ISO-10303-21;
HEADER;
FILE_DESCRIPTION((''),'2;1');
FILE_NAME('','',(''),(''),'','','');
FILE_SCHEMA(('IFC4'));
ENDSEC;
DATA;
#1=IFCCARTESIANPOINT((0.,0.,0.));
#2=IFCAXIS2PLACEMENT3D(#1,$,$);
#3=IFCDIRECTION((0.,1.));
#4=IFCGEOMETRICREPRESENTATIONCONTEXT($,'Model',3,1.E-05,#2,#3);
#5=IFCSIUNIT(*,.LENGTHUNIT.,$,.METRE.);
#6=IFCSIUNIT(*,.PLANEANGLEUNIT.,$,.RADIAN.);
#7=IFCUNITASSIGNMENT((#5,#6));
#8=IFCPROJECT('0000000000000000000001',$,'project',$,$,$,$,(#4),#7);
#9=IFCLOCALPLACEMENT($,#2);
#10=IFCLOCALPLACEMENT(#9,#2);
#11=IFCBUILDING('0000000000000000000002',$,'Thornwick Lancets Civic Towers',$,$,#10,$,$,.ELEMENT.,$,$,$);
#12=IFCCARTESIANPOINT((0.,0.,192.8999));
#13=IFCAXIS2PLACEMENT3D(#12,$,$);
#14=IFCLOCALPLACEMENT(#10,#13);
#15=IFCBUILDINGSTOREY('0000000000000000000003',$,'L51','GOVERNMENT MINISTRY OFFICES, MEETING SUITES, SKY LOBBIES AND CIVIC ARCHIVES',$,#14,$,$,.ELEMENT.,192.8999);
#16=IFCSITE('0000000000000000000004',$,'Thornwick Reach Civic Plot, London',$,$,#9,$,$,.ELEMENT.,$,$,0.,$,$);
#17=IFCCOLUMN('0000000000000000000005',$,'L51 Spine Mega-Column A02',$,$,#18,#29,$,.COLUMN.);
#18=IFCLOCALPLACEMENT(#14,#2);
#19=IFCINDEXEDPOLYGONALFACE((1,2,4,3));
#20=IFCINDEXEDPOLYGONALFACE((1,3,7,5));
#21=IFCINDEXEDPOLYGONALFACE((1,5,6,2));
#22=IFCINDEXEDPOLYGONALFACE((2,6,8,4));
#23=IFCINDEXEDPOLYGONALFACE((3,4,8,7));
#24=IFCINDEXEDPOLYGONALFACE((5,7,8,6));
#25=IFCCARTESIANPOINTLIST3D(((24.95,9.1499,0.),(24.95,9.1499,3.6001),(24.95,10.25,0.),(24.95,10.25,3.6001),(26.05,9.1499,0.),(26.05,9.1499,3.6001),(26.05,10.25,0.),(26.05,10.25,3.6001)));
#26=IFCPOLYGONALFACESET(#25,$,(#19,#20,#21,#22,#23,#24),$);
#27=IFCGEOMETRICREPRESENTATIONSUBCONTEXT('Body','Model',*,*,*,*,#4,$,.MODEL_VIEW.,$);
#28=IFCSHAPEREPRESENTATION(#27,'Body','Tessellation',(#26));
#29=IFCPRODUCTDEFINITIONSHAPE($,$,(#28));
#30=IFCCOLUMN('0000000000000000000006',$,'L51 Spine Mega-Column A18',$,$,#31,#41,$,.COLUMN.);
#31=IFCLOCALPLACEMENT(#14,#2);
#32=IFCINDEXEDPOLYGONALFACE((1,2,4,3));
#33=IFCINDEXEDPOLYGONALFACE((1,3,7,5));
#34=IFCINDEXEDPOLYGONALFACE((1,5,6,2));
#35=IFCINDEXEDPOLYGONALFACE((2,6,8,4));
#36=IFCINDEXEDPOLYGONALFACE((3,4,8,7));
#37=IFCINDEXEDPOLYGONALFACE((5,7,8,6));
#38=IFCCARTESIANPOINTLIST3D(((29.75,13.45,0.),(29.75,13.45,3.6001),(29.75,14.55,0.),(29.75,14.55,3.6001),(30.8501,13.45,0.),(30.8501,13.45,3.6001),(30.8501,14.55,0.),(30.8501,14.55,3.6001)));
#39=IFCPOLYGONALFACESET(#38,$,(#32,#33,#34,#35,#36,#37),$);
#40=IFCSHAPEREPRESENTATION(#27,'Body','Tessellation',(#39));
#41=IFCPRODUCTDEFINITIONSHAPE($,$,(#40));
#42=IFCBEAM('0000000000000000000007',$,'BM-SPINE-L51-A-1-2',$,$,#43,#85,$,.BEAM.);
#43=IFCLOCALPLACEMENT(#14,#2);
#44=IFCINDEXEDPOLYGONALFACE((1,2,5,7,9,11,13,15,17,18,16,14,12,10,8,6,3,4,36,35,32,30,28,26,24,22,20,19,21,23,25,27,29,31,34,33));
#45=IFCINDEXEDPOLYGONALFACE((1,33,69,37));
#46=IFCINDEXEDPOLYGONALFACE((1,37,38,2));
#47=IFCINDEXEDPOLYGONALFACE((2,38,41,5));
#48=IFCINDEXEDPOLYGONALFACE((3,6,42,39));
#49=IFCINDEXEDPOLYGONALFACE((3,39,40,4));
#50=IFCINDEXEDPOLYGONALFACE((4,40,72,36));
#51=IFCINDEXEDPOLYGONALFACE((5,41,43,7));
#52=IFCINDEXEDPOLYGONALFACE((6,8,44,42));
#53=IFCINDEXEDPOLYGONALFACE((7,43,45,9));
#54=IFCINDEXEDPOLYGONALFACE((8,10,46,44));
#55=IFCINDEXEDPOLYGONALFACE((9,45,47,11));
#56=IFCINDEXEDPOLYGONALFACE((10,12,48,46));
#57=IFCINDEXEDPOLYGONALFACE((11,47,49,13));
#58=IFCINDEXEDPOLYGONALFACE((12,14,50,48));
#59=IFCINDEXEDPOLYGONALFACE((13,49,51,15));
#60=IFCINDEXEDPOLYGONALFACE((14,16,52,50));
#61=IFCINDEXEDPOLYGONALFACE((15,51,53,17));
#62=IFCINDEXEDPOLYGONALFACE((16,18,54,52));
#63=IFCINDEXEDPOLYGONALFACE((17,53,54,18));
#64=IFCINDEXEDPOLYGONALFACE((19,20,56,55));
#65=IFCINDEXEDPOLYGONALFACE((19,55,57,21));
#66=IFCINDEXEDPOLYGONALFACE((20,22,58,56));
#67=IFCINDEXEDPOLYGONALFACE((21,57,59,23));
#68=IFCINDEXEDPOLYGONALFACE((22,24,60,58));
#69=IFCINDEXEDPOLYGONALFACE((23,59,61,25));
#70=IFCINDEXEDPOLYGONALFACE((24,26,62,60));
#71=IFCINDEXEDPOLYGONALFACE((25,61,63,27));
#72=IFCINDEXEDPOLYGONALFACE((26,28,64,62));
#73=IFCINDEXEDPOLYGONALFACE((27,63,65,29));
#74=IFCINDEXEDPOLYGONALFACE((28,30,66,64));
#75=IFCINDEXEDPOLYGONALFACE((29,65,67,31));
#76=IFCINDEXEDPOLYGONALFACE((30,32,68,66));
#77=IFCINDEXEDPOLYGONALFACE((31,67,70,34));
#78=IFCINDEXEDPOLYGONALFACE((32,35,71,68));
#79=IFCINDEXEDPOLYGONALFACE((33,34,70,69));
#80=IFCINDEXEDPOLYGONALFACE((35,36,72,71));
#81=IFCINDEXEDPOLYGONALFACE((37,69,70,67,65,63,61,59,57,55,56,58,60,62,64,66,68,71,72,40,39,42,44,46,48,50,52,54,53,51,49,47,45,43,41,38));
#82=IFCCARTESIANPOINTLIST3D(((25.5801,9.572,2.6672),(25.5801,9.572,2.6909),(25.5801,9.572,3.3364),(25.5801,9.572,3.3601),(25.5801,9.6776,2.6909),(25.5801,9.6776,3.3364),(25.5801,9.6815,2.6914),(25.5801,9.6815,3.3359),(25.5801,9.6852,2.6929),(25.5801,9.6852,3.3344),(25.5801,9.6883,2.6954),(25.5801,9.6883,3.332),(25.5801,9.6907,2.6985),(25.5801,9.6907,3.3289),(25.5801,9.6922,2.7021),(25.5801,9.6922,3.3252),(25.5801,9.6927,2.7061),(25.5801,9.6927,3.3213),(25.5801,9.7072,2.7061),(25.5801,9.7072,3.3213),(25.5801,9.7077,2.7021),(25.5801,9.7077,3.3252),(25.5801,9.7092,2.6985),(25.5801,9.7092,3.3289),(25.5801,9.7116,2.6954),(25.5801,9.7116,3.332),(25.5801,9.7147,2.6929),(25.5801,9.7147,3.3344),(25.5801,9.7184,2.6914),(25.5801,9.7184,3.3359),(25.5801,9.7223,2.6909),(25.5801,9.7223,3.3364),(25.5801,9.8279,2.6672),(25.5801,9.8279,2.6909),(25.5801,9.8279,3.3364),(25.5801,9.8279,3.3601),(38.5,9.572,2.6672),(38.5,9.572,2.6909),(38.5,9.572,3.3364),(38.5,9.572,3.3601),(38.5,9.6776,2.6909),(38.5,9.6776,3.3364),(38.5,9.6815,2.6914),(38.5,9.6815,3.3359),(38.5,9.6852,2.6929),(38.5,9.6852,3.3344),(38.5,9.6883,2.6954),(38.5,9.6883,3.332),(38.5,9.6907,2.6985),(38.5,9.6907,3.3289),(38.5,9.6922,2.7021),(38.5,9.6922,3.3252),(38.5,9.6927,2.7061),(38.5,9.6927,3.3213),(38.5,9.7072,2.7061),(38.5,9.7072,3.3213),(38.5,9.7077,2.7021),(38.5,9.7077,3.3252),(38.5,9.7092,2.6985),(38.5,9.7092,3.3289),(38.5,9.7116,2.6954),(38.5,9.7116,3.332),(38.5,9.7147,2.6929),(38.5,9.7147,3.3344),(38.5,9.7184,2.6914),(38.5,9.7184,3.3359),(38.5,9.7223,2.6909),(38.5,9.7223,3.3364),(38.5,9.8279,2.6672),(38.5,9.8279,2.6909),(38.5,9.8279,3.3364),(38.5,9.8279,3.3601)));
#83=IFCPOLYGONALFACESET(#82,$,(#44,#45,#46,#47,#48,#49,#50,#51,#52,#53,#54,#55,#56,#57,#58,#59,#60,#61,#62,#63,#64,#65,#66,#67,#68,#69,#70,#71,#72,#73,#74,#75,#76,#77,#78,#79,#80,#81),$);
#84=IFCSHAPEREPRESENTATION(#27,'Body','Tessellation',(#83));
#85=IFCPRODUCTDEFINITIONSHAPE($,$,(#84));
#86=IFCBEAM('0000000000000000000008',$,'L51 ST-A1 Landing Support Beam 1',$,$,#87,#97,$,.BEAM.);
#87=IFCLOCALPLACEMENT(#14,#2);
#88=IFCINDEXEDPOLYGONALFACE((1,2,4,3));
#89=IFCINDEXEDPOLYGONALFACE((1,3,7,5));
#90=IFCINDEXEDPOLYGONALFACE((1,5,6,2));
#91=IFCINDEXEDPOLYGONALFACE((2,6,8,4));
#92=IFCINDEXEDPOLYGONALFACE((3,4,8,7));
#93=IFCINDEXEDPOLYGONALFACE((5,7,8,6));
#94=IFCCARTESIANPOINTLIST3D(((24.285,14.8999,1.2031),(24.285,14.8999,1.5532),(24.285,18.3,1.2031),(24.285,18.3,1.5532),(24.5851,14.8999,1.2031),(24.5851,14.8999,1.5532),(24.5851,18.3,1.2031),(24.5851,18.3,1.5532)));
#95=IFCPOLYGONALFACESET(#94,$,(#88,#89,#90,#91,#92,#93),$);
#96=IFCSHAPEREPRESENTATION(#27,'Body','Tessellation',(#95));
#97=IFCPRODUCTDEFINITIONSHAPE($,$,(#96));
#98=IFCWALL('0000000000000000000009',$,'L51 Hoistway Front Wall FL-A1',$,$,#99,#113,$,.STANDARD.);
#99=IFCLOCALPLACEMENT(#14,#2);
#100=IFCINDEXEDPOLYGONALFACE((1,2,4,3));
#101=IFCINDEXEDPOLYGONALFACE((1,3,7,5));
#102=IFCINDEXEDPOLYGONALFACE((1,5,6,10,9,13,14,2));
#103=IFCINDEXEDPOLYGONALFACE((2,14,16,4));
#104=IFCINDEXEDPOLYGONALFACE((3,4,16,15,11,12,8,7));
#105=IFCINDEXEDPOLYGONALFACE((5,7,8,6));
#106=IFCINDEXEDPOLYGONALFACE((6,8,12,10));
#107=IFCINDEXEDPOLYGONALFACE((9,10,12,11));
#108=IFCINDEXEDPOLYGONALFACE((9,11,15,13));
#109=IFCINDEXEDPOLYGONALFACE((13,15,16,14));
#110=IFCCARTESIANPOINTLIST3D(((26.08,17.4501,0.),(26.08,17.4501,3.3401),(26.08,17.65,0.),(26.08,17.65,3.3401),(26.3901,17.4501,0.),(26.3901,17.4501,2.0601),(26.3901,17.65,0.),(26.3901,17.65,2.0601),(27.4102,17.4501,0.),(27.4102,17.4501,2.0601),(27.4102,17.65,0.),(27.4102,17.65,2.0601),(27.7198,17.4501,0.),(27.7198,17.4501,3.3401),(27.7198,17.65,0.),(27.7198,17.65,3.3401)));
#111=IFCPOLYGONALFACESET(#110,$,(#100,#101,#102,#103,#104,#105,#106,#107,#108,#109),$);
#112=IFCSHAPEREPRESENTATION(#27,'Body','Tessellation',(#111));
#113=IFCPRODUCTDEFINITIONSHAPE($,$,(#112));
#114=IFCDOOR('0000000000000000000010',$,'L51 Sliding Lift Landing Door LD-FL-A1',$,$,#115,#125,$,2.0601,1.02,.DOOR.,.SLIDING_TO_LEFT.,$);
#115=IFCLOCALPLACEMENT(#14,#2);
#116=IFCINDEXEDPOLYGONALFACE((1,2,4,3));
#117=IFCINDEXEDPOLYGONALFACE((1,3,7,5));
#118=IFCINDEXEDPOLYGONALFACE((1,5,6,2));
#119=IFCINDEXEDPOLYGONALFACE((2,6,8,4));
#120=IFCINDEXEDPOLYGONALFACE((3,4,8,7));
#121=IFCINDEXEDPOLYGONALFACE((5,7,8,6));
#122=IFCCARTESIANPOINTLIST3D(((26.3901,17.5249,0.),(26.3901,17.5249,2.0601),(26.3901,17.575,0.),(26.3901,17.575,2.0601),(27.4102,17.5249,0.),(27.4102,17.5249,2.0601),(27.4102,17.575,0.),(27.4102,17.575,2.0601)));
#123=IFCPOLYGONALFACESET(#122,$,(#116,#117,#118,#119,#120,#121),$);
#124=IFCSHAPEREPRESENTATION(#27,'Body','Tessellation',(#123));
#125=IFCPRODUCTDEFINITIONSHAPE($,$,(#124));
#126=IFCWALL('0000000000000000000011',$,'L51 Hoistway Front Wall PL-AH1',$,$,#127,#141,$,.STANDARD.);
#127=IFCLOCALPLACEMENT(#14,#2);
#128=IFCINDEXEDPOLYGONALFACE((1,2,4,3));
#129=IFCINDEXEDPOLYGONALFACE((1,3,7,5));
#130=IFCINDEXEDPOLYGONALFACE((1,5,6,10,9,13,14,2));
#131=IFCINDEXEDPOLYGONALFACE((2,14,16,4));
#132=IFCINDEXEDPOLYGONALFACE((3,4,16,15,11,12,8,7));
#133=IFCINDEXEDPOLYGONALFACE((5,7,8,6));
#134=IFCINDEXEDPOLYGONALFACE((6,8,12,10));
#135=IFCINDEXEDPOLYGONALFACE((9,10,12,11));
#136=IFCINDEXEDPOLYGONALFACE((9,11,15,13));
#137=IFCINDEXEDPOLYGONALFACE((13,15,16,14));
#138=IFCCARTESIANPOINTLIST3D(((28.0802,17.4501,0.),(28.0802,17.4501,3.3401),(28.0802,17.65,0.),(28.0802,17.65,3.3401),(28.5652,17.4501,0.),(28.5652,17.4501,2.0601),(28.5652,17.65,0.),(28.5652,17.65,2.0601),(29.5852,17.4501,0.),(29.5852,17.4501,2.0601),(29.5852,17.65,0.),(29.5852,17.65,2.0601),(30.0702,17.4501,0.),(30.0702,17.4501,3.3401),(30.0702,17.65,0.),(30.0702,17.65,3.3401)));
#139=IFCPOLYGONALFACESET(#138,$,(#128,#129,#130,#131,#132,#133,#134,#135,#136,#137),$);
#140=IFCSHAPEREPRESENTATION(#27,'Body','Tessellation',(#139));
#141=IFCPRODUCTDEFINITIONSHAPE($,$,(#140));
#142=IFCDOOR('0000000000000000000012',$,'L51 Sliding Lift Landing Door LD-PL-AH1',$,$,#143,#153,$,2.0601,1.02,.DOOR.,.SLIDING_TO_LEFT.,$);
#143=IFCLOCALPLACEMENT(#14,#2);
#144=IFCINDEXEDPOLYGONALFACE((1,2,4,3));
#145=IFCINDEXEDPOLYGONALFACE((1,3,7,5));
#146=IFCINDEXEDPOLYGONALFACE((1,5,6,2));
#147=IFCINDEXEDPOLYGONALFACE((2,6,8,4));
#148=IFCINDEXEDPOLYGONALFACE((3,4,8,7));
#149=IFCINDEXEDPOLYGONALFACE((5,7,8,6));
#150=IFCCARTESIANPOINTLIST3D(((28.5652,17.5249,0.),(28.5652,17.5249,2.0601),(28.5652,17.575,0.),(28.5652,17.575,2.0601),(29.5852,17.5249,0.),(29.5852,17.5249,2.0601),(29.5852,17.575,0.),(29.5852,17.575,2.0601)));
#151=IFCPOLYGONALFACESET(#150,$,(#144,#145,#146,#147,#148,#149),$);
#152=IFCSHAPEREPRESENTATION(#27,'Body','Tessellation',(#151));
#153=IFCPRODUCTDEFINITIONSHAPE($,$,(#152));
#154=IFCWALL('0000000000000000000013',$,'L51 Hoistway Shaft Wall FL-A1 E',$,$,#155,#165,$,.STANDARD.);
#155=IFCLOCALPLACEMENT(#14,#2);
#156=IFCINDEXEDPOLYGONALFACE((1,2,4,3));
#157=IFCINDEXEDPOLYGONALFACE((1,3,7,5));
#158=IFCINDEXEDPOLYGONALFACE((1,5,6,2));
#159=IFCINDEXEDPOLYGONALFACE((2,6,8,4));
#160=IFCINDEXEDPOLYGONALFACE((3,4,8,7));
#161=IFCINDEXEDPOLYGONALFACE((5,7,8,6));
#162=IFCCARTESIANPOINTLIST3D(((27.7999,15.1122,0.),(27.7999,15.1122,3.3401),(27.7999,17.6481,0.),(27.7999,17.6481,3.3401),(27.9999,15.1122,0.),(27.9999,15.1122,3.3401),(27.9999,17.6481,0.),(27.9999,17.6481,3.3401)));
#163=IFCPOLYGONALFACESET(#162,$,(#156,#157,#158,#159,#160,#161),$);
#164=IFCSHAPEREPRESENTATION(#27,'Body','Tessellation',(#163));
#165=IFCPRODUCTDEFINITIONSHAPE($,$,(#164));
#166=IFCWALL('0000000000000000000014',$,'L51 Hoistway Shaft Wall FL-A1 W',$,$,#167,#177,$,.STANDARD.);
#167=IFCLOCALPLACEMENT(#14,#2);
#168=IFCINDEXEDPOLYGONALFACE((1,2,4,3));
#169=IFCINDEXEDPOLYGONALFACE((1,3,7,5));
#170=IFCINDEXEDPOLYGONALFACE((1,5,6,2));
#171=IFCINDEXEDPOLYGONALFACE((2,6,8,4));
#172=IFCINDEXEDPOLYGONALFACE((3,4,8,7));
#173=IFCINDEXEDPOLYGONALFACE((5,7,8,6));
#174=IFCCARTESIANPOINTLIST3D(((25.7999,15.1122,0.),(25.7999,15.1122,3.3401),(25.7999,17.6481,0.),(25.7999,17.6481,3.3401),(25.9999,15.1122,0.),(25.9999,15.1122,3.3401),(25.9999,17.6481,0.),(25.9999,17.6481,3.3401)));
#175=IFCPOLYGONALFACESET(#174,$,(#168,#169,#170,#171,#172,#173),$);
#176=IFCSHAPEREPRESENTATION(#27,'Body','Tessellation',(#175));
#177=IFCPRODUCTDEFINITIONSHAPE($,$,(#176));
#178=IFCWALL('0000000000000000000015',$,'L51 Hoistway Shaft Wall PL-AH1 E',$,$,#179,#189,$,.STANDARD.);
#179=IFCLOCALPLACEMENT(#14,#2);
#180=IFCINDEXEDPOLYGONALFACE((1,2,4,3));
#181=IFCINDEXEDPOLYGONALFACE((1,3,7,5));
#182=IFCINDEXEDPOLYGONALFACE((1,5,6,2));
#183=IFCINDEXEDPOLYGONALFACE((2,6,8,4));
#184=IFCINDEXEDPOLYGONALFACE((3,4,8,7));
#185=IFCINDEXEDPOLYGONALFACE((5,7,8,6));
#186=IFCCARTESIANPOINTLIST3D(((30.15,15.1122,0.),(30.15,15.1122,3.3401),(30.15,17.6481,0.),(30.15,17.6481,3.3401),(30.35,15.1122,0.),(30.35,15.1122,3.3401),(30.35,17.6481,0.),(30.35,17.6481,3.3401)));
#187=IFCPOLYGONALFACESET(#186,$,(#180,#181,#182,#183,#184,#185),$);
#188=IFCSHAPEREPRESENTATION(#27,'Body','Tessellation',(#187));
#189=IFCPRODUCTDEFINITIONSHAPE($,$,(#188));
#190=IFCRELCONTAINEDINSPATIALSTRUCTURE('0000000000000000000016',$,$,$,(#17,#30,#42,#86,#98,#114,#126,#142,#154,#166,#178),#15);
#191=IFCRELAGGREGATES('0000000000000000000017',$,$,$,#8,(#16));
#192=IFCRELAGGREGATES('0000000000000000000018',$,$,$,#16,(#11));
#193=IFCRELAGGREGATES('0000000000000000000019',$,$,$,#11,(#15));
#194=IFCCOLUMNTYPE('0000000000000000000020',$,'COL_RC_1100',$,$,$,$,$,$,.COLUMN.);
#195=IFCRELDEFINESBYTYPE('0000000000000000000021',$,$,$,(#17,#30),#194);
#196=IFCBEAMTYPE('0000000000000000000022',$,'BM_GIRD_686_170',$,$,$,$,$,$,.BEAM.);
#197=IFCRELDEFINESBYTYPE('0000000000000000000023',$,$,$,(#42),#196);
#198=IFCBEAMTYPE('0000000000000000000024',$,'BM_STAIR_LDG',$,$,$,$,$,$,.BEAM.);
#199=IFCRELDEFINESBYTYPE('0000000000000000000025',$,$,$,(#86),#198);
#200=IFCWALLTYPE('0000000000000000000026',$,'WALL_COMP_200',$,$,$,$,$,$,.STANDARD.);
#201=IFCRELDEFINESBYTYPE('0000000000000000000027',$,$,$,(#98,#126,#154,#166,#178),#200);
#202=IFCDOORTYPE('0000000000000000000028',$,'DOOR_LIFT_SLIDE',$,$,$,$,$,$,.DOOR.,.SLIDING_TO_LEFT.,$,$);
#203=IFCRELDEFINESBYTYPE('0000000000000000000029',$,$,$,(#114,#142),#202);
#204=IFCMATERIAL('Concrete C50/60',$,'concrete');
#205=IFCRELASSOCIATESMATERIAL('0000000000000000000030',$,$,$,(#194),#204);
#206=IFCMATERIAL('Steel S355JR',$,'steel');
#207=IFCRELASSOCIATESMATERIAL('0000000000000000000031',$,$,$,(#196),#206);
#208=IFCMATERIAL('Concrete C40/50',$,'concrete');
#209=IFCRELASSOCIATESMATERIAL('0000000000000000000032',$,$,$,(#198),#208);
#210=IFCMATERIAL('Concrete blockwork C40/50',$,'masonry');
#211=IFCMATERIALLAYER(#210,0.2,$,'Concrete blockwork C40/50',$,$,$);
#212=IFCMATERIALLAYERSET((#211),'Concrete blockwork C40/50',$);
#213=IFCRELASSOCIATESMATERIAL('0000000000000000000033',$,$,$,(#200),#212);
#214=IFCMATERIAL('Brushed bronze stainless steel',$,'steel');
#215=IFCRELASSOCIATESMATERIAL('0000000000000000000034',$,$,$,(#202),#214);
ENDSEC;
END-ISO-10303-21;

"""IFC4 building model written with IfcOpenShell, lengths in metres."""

from ifc_helpers import new_model, si_unit, direction, frame, frame_2d, origin, origin_2d, place, context, subcontext, project, spatial, rectangle, i_section, extrude, material, layer, layer_set, material_profile, profile_set, type_object, element, fill, save


model = new_model("IFC4")

# Units and contexts
model_context = context("Model", 3, precision=1e-05, world=origin(), true_north=direction((0.0, 1.0)))
body_context = subcontext(model_context, "Body", "Model", "MODEL_VIEW")
ifc_project = project(units=[si_unit("LENGTHUNIT", "METRE"), si_unit("PLANEANGLEUNIT", "RADIAN")], contexts=[model_context])

# Site, building, storey
site_placement = place(None, origin())
site = spatial("IfcSite", under=ifc_project, at=site_placement, Name="Thornwick Reach Civic Plot, London", CompositionType="ELEMENT", RefElevation=0.0)
building_placement = place(site_placement, origin())
building = spatial("IfcBuilding", under=site, at=building_placement, Name="Thornwick Lancets Civic Towers", CompositionType="ELEMENT")
storey_placement = place(building_placement, frame((0.0, 0.0, 192.8999)))
storey = spatial("IfcBuildingStorey", under=building, at=storey_placement, Name="L51", Description="GOVERNMENT MINISTRY OFFICES, MEETING SUITES, SKY LOBBIES AND CIVIC ARCHIVES", CompositionType="ELEMENT", Elevation=192.8999)

# Columns
ifc_material_1 = material(Name="Concrete C50/60", Category="concrete")
ifc_material_profile_1 = material_profile(ifc_material_1, rectangle(XDim=1.1001, YDim=1.1001, at=origin_2d()), Name="RC 1100x1100")
ifc_profile_set_1 = profile_set([ifc_material_profile_1], Name="Concrete C50/60")
column_type = type_object("IfcColumnType", Name="COL_RC_1100", PredefinedType="COLUMN", material=ifc_profile_set_1)
for number, where, z_axis, x_axis, name in (
    (1, (25.5, 9.7, 0.0), (0.0, 0.0, 1.0), (1.0, 0.0, 0.0), "L51 Spine Mega-Column A02"),
    (2, (30.3, 14.0, 0.0), (0.0, 0.0, 1.0), (1.0, 0.0, 0.0), "L51 Spine Mega-Column A18"),
):
    element("IfcColumn", number, at=place(storey_placement, frame(where, z_axis=z_axis, x_axis=x_axis)), inside=storey, type_object=column_type, Name=name, PredefinedType="COLUMN", context=body_context, shape_type="SweptSolid", body=[
        extrude(rectangle(XDim=1.1001, YDim=1.1001, at=origin_2d()), origin(), (0.0, 0.0, 1.0), 3.6001),
    ])

# Beams
ifc_material_2 = material(Name="Steel S355JR", Category="steel")
ifc_material_profile_2 = material_profile(ifc_material_2, i_section(OverallWidth=0.2559, OverallDepth=0.6929, WebThickness=0.0144, FlangeThickness=0.0237, FilletRadius=0.0151, at=origin_2d()), Name="UKB 686x254x170")
ifc_profile_set_2 = profile_set([ifc_material_profile_2], Name="Steel S355JR")
beam_type_1 = type_object("IfcBeamType", Name="BM_GIRD_686_170", PredefinedType="BEAM", material=ifc_profile_set_2)
beam_1_placement = place(storey_placement, frame((25.5801, 9.7, 3.0137), z_axis=(1.0, 0.0, 0.0), x_axis=(0.0, 1.0, 0.0)))
element("IfcBeam", 3, at=beam_1_placement, inside=storey, type_object=beam_type_1, Name="BM-SPINE-L51-A-1-2", PredefinedType="BEAM", context=body_context, shape_type="SweptSolid", body=[
    extrude(i_section(OverallWidth=0.2559, OverallDepth=0.6929, WebThickness=0.0144, FlangeThickness=0.0237, FilletRadius=0.0151, at=origin_2d()), origin(), (0.0, 0.0, 1.0), 12.9199),
])
ifc_material_3 = material(Name="Concrete C40/50", Category="concrete")
ifc_material_profile_3 = material_profile(ifc_material_3, rectangle(XDim=0.3, YDim=0.3501, at=origin_2d()), Name="RC 300x350")
ifc_profile_set_3 = profile_set([ifc_material_profile_3], Name="Concrete C40/50")
beam_type_2 = type_object("IfcBeamType", Name="BM_STAIR_LDG", PredefinedType="BEAM", material=ifc_profile_set_3)
beam_2_placement = place(storey_placement, frame((24.4351, 14.8999, 1.3782), z_axis=(0.0, 1.0, 0.0), x_axis=(-1.0, 0.0, 0.0)))
element("IfcBeam", 4, at=beam_2_placement, inside=storey, type_object=beam_type_2, Name="L51 ST-A1 Landing Support Beam 1", PredefinedType="BEAM", context=body_context, shape_type="SweptSolid", body=[
    extrude(rectangle(XDim=0.3, YDim=0.3501, at=origin_2d()), origin(), (0.0, 0.0, 1.0), 3.4001),
])

# Walls, openings, doors
ifc_material_4 = material(Name="Concrete blockwork C40/50", Category="masonry")
ifc_layer_1 = layer(ifc_material_4, 0.2, Name="Concrete blockwork C40/50")
ifc_layer_set_1 = layer_set([ifc_layer_1], Name="Concrete blockwork C40/50")
wall_type_1 = type_object("IfcWallType", Name="WALL_COMP_200", PredefinedType="STANDARD", material=ifc_layer_set_1)
wall_1_placement = place(storey_placement, frame((26.0801, 17.55, 0.0), z_axis=(0.0, 0.0, 1.0), x_axis=(1.0, 0.0, 0.0)))
wall_1 = element("IfcWall", 5, at=wall_1_placement, inside=storey, type_object=wall_type_1, Name="L51 Hoistway Front Wall FL-A1", PredefinedType="STANDARD", context=body_context, shape_type="SweptSolid", body=[
    extrude(rectangle(XDim=1.6399, YDim=0.2, at=frame_2d((0.8198, 0.0))), origin(), (0.0, 0.0, 1.0), 3.3401),
])
opening_1_placement = place(wall_1_placement, frame((0.3101, 0.0, 0.0)))
opening_1 = element("IfcOpeningElement", 6, at=opening_1_placement, cuts=wall_1, PredefinedType="OPENING", context=body_context, shape_type="SweptSolid", body=[
    extrude(rectangle(XDim=1.02, YDim=2.0601, at=frame_2d((0.51, 1.03))), frame((0.0, 0.1099, 0.0), z_axis=(0.0, -1.0, 0.0), x_axis=(1.0, 0.0, 0.0)), (0.0, 0.0, 1.0), 0.22),
])
ifc_material_5 = material(Name="Brushed bronze stainless steel", Category="steel")
door_type = type_object("IfcDoorType", Name="DOOR_LIFT_SLIDE", OperationType="SLIDING_TO_LEFT", PredefinedType="DOOR", material=ifc_material_5)
door_1_placement = place(opening_1_placement, origin())
door_1 = element("IfcDoor", 7, at=door_1_placement, inside=storey, type_object=door_type, Name="L51 Sliding Lift Landing Door LD-FL-A1", OperationType="SLIDING_TO_LEFT", OverallHeight=2.0601, OverallWidth=1.02, PredefinedType="DOOR", context=body_context, shape_type="SweptSolid", body=[
    extrude(rectangle(XDim=1.02, YDim=2.0601, at=frame_2d((0.51, 1.03))), frame((0.0, 0.0249, 0.0), z_axis=(0.0, -1.0, 0.0), x_axis=(1.0, 0.0, 0.0)), (0.0, 0.0, 1.0), 0.05),
])
fill(opening_1, door_1)
wall_2_placement = place(storey_placement, frame((28.0801, 17.55, 0.0), z_axis=(0.0, 0.0, 1.0), x_axis=(1.0, 0.0, 0.0)))
wall_2 = element("IfcWall", 8, at=wall_2_placement, inside=storey, type_object=wall_type_1, Name="L51 Hoistway Front Wall PL-AH1", PredefinedType="STANDARD", context=body_context, shape_type="SweptSolid", body=[
    extrude(rectangle(XDim=1.99, YDim=0.2, at=frame_2d((0.9951, 0.0))), origin(), (0.0, 0.0, 1.0), 3.3401),
])
opening_2_placement = place(wall_2_placement, frame((0.4851, 0.0, 0.0)))
opening_2 = element("IfcOpeningElement", 9, at=opening_2_placement, cuts=wall_2, PredefinedType="OPENING", context=body_context, shape_type="SweptSolid", body=[
    extrude(rectangle(XDim=1.02, YDim=2.0601, at=frame_2d((0.51, 1.03))), frame((0.0, 0.1099, 0.0), z_axis=(0.0, -1.0, 0.0), x_axis=(1.0, 0.0, 0.0)), (0.0, 0.0, 1.0), 0.22),
])
door_2_placement = place(opening_2_placement, origin())
door_2 = element("IfcDoor", 10, at=door_2_placement, inside=storey, type_object=door_type, Name="L51 Sliding Lift Landing Door LD-PL-AH1", OperationType="SLIDING_TO_LEFT", OverallHeight=2.0601, OverallWidth=1.02, PredefinedType="DOOR", context=body_context, shape_type="SweptSolid", body=[
    extrude(rectangle(XDim=1.02, YDim=2.0601, at=frame_2d((0.51, 1.03))), frame((0.0, 0.0249, 0.0), z_axis=(0.0, -1.0, 0.0), x_axis=(1.0, 0.0, 0.0)), (0.0, 0.0, 1.0), 0.05),
])
fill(opening_2, door_2)

# Walls
for number, where, z_axis, x_axis, name in (
    (11, (27.8999, 15.1121, 0.0), (0.0, 0.0, 1.0), (0.0, 1.0, 0.0), "L51 Hoistway Shaft Wall FL-A1 E"),
    (12, (25.8999, 15.1121, 0.0), (0.0, 0.0, 1.0), (0.0, 1.0, 0.0), "L51 Hoistway Shaft Wall FL-A1 W"),
    (13, (30.25, 15.1121, 0.0), (0.0, 0.0, 1.0), (0.0, 1.0, 0.0), "L51 Hoistway Shaft Wall PL-AH1 E"),
):
    element("IfcWall", number, at=place(storey_placement, frame(where, z_axis=z_axis, x_axis=x_axis)), inside=storey, type_object=wall_type_1, Name=name, PredefinedType="STANDARD", context=body_context, shape_type="SweptSolid", body=[
        extrude(rectangle(XDim=2.5359, YDim=0.2, at=frame_2d((1.2681, 0.0))), origin(), (0.0, 0.0, 1.0), 3.3401),
    ])

save(model, "model.ifc")
